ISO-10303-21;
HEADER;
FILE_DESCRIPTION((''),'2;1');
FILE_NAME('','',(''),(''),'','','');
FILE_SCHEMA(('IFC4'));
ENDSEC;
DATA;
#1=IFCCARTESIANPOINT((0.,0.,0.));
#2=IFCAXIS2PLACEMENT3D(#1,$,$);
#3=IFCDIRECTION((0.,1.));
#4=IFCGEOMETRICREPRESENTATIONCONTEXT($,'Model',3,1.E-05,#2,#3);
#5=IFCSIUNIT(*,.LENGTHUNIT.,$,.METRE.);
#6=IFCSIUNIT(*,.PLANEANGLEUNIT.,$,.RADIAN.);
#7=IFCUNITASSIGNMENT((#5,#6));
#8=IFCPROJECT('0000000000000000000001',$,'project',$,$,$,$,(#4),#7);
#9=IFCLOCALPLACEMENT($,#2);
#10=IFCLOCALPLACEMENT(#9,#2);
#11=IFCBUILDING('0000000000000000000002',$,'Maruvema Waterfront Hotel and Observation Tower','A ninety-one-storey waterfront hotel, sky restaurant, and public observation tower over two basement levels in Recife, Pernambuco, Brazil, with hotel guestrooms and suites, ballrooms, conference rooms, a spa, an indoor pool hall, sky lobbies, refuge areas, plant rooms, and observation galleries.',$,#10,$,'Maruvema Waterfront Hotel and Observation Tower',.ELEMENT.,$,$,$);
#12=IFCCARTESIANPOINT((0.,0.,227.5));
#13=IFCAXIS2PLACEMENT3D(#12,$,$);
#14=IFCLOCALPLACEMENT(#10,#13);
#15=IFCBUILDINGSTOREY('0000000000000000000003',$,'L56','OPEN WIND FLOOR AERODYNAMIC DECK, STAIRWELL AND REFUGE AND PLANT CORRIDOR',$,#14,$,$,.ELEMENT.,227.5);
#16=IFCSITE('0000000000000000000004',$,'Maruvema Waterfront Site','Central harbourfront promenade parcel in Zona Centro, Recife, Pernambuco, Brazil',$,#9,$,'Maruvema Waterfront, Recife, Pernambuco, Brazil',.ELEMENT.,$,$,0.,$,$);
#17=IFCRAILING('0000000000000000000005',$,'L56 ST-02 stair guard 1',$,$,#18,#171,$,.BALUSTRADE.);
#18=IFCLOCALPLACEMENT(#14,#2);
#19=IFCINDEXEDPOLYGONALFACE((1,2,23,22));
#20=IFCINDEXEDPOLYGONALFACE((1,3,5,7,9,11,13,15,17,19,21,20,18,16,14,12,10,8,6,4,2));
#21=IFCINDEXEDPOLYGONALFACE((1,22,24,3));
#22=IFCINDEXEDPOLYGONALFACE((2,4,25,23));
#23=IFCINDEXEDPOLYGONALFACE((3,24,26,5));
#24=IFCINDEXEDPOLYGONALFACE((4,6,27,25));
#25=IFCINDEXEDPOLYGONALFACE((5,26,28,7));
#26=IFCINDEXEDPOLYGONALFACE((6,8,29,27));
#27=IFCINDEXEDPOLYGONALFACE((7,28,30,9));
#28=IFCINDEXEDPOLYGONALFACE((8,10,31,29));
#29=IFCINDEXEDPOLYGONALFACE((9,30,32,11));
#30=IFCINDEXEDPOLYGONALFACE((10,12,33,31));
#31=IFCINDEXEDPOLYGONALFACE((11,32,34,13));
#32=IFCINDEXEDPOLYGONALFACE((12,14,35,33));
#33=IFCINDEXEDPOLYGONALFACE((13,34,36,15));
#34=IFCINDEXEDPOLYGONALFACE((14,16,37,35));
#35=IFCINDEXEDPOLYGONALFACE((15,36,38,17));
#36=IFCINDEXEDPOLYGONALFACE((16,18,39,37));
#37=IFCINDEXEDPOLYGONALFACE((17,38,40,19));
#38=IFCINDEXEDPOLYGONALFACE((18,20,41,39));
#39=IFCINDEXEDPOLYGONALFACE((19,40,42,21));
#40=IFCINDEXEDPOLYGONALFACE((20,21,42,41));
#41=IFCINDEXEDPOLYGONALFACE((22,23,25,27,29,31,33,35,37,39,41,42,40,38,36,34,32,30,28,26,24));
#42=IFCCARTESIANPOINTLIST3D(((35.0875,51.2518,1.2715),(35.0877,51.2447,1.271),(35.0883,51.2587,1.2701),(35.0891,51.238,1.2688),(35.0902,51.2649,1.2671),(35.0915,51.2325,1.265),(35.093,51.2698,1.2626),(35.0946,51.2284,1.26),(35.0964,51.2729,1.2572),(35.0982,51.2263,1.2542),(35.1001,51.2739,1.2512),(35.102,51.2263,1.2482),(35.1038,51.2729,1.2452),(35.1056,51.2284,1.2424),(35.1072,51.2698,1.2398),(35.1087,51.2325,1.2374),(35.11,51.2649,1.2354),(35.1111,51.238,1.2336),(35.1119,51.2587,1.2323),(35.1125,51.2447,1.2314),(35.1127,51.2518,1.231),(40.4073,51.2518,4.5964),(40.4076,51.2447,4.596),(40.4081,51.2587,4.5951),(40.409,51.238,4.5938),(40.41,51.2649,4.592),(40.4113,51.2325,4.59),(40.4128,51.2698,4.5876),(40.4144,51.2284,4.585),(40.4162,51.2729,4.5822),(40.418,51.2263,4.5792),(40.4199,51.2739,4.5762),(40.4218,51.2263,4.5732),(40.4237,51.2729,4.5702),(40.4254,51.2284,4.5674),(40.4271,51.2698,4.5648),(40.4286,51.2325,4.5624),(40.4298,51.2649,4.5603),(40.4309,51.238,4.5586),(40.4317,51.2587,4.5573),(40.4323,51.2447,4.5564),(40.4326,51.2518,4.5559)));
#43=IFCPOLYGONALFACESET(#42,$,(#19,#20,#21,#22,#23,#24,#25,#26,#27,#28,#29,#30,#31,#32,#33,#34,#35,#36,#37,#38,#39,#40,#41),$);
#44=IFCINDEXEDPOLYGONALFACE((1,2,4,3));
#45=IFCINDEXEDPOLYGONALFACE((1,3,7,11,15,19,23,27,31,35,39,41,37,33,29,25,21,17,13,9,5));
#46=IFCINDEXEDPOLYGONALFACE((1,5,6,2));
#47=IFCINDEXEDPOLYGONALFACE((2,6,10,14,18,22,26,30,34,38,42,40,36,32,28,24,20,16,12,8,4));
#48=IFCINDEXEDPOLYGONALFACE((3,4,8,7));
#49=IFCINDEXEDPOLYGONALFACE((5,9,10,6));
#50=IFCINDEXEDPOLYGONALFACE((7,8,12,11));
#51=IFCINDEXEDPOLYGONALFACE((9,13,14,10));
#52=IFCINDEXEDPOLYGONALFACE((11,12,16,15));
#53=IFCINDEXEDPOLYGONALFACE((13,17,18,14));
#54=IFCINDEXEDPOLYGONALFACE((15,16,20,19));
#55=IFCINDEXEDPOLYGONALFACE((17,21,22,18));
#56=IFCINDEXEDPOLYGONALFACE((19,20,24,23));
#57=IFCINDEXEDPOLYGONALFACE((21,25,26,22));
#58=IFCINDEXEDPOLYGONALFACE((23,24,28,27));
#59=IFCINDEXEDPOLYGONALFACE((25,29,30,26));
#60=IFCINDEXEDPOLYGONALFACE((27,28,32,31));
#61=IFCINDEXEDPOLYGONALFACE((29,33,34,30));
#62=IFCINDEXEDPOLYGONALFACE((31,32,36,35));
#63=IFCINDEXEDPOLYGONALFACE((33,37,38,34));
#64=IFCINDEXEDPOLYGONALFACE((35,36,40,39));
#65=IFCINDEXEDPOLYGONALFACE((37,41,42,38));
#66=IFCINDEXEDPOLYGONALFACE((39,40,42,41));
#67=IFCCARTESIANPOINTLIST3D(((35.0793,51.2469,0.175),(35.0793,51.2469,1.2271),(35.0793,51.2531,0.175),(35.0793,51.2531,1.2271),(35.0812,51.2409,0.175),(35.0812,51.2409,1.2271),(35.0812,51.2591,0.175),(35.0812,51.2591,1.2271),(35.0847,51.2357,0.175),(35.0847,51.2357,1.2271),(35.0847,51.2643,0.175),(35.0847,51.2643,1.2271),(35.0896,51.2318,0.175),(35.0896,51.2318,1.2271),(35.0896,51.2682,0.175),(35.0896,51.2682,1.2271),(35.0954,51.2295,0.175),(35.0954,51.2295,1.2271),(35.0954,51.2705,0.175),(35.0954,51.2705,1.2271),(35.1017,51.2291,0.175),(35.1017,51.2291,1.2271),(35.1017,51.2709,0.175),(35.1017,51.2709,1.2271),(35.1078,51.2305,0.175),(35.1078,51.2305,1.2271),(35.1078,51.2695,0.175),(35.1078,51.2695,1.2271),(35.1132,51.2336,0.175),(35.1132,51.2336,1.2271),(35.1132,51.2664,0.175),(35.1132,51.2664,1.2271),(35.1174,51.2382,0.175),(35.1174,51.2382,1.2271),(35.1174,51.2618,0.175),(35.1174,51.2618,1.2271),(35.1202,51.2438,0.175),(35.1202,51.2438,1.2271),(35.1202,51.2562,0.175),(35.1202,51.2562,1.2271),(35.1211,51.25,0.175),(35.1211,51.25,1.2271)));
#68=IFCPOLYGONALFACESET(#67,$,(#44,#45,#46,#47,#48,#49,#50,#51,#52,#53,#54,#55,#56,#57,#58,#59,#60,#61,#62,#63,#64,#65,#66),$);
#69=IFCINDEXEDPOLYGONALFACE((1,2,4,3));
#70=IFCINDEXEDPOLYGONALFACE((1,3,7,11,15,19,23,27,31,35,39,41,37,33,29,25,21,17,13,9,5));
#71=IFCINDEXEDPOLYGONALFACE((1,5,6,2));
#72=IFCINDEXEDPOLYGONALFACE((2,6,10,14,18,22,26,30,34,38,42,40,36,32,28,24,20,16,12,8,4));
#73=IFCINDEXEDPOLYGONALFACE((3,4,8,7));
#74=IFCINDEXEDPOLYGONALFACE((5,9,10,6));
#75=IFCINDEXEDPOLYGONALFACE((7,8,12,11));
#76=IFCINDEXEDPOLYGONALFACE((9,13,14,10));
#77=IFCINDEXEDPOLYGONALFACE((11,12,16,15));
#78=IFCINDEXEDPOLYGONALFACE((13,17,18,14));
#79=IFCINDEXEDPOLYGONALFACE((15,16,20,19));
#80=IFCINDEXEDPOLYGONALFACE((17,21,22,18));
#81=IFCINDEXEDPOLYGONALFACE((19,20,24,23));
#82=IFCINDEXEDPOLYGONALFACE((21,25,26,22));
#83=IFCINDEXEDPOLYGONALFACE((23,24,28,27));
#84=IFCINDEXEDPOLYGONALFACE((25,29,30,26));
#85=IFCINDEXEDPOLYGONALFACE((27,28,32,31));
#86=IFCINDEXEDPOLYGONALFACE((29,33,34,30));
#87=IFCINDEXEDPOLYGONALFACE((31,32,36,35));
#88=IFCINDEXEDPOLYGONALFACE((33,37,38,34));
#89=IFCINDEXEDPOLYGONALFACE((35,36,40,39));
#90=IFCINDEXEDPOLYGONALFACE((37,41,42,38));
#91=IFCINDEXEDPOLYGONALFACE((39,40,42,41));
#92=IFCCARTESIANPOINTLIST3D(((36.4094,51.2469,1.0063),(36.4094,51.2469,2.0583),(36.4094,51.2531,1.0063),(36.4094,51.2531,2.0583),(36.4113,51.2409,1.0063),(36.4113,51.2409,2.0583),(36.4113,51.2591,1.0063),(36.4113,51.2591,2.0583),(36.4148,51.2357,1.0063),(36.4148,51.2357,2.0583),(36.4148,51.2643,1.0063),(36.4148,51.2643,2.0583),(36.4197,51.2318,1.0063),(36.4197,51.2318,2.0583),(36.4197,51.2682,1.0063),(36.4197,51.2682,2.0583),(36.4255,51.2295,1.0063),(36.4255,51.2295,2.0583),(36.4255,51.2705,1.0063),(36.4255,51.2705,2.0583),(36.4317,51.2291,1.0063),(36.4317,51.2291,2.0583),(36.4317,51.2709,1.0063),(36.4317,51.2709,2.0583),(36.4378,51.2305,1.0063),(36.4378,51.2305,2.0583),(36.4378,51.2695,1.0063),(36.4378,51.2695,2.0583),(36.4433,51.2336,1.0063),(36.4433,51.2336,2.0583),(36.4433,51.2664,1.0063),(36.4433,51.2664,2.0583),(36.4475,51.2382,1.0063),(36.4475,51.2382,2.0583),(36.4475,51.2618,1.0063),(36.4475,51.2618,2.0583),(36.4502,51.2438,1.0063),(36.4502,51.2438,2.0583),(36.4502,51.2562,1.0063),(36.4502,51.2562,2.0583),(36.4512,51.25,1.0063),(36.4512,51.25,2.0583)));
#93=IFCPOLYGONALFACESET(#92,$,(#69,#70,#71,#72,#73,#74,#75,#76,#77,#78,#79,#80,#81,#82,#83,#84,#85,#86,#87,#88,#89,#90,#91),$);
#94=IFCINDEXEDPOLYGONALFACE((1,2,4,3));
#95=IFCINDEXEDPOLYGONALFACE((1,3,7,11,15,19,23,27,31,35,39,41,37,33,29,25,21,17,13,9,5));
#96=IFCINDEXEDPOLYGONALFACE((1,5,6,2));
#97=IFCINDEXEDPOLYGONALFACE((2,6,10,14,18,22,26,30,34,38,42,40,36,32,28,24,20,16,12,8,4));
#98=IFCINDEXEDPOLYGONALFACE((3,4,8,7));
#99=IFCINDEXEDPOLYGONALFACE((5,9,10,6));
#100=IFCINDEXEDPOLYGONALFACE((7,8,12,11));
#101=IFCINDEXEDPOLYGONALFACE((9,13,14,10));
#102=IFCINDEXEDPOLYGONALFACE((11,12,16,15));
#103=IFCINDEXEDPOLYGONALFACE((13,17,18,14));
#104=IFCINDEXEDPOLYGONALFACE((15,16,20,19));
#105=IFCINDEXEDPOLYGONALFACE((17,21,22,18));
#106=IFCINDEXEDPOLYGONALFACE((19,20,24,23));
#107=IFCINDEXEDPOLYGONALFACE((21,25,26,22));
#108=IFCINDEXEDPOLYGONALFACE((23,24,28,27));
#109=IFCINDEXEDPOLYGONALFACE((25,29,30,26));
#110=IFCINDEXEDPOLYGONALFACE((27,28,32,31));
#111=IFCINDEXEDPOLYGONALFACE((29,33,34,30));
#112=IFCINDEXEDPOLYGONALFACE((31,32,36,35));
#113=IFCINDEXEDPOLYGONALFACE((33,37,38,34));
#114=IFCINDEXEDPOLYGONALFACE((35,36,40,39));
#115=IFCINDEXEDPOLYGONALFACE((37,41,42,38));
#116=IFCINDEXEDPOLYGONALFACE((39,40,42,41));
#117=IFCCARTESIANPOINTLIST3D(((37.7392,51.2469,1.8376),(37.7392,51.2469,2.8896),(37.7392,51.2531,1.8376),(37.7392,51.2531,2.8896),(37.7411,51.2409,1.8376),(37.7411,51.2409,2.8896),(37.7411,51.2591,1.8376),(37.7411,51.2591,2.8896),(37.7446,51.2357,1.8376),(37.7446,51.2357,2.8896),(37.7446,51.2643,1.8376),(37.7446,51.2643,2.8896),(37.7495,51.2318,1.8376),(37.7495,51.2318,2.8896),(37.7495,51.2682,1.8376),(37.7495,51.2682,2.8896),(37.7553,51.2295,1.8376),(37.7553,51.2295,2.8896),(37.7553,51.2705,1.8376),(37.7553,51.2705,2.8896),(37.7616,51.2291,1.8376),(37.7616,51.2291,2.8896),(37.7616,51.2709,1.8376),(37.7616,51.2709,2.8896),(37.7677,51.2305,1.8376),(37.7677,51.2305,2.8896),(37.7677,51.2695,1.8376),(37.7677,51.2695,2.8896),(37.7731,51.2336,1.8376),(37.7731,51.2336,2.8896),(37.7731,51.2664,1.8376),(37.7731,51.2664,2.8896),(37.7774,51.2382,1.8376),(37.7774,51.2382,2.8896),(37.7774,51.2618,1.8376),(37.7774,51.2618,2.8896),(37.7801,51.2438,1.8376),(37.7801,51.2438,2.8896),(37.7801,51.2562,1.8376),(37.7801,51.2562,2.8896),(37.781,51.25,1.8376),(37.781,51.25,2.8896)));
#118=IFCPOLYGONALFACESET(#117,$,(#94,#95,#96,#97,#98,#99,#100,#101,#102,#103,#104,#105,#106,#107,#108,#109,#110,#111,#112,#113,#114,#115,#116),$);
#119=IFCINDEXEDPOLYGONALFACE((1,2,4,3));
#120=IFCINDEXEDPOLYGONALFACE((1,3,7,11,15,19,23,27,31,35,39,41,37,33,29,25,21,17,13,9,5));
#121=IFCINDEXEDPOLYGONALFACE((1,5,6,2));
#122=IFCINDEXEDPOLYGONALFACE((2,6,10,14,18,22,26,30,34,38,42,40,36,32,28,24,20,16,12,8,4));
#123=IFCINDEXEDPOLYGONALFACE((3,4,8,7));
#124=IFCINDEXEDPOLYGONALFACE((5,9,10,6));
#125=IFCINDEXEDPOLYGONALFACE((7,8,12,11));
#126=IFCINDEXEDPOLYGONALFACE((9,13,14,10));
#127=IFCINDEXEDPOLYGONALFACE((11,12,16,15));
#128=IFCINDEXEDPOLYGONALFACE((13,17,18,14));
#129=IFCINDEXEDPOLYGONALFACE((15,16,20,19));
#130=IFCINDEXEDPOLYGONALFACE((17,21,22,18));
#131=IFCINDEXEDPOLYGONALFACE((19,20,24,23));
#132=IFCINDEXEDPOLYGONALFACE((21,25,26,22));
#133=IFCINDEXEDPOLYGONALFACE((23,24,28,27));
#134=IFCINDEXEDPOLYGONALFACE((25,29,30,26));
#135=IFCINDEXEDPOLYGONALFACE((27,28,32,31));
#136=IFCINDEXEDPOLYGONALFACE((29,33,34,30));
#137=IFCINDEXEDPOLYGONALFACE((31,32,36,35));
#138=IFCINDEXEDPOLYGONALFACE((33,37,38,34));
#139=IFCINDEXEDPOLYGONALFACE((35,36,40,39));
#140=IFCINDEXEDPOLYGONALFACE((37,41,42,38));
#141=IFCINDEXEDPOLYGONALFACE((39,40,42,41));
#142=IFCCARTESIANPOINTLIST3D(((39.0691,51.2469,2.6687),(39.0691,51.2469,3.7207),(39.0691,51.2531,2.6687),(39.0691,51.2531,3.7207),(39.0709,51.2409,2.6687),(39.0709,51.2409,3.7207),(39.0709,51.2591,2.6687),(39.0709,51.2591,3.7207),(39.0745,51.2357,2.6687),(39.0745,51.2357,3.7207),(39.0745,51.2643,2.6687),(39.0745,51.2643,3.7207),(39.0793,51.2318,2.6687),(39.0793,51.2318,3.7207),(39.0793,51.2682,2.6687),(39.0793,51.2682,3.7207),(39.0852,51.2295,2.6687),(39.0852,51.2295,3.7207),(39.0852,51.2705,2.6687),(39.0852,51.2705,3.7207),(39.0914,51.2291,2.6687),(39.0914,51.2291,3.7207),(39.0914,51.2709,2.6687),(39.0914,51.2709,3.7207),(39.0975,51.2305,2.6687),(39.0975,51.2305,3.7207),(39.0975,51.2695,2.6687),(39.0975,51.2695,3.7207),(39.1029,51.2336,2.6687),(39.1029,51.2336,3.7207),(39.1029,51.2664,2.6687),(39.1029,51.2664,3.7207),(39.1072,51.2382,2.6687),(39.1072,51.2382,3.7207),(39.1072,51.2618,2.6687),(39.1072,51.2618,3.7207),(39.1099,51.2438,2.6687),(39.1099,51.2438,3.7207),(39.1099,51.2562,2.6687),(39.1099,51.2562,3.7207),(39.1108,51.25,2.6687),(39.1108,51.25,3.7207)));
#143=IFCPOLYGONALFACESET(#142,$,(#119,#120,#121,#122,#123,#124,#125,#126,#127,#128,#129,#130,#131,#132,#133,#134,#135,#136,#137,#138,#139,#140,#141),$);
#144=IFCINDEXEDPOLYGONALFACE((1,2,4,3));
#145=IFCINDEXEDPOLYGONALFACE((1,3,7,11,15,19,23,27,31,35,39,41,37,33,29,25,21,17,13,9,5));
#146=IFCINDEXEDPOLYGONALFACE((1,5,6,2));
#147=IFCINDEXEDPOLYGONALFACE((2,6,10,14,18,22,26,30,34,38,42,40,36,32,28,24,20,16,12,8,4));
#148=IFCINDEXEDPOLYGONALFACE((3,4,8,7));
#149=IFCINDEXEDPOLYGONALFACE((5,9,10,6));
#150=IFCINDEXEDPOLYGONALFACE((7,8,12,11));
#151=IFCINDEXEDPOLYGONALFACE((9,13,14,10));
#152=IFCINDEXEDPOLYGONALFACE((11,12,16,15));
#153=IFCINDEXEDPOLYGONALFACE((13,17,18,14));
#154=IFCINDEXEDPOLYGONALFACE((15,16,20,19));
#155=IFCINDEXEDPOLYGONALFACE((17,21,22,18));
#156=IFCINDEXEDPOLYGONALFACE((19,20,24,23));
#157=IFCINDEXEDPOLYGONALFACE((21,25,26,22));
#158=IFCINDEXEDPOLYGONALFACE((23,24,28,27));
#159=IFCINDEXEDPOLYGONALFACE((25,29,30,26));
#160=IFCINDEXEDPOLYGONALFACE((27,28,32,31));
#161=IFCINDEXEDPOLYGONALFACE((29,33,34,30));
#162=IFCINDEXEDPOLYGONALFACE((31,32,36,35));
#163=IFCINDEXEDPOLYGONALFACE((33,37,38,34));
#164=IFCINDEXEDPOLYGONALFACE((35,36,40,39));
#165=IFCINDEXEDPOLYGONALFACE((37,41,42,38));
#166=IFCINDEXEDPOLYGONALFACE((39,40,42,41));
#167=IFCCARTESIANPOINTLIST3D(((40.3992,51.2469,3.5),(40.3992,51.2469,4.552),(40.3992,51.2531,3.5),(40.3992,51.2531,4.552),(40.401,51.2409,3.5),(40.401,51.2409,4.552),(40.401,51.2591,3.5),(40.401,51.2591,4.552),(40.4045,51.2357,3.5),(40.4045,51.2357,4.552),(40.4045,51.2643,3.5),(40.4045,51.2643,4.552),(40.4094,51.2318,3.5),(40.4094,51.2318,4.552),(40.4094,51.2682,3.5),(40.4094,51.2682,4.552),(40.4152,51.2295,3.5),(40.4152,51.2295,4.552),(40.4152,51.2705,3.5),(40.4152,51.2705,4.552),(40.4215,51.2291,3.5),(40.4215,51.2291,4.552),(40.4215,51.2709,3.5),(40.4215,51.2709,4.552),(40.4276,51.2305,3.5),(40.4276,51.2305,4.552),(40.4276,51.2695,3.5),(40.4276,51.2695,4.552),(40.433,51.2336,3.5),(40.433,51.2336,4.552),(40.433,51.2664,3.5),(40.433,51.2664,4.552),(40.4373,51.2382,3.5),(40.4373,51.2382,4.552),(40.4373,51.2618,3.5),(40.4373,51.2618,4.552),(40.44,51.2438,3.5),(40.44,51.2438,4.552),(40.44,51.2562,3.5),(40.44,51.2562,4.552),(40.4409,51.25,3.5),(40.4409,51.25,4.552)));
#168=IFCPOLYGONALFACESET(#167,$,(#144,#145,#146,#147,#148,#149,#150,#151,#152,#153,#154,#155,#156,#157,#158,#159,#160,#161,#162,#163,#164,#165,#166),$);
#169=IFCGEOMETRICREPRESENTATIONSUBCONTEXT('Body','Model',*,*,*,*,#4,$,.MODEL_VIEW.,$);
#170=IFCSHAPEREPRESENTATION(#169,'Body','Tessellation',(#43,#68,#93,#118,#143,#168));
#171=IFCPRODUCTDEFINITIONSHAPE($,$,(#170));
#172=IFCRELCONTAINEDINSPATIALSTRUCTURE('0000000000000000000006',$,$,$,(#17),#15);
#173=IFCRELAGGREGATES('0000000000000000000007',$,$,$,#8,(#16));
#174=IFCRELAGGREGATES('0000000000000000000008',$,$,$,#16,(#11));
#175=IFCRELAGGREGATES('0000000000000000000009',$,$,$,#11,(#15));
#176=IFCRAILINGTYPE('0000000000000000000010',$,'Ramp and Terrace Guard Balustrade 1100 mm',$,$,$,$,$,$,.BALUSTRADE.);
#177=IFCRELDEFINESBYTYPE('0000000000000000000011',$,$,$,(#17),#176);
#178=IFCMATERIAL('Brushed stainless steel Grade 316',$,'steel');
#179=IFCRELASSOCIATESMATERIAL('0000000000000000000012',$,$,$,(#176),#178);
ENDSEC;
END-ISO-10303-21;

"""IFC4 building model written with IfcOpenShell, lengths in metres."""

from ifc_helpers import new_model, si_unit, direction, frame, origin, origin_2d, place, context, subcontext, project, spatial, circle, extrude, material, type_object, element, save


model = new_model("IFC4")

# Units and contexts
model_context = context("Model", 3, precision=1e-05, world=origin(), true_north=direction((0.0, 1.0)))
body_context = subcontext(model_context, "Body", "Model", "MODEL_VIEW")
ifc_project = project(units=[si_unit("LENGTHUNIT", "METRE"), si_unit("PLANEANGLEUNIT", "RADIAN")], contexts=[model_context])

# Site, building, storey
site_placement = place(None, origin())
site = spatial("IfcSite", under=ifc_project, at=site_placement, Name="Maruvema Waterfront Site", Description="Central harbourfront promenade parcel in Zona Centro, Recife, Pernambuco, Brazil", LongName="Maruvema Waterfront, Recife, Pernambuco, Brazil", CompositionType="ELEMENT", RefElevation=0.0)
building_placement = place(site_placement, origin())
building = spatial("IfcBuilding", under=site, at=building_placement, Name="Maruvema Waterfront Hotel and Observation Tower", Description="A ninety-one-storey waterfront hotel, sky restaurant, and public observation tower over two basement levels in Recife, Pernambuco, Brazil, with hotel guestrooms and suites, ballrooms, conference rooms, a spa, an indoor pool hall, sky lobbies, refuge areas, plant rooms, and observation galleries.", LongName="Maruvema Waterfront Hotel and Observation Tower", CompositionType="ELEMENT")
storey_placement = place(building_placement, frame((0.0, 0.0, 227.5)))
storey = spatial("IfcBuildingStorey", under=building, at=storey_placement, Name="L56", Description="OPEN WIND FLOOR AERODYNAMIC DECK, STAIRWELL AND REFUGE AND PLANT CORRIDOR", CompositionType="ELEMENT", Elevation=227.5)

# Railing
ifc_material_1 = material(Name="Brushed stainless steel Grade 316", Category="steel")
railing_type_1 = type_object("IfcRailingType", Name="Ramp and Terrace Guard Balustrade 1100 mm", PredefinedType="BALUSTRADE", material=ifc_material_1)
railing_1_placement = place(storey_placement, frame((35.1001, 51.25, 0.175)))
element("IfcRailing", 1, at=railing_1_placement, inside=storey, type_object=railing_type_1, Name="L56 ST-02 stair guard 1", PredefinedType="BALUSTRADE", context=body_context, shape_type="SweptSolid", body=[
    extrude(circle(Radius=0.0239, at=origin_2d()), frame((0.0, 0.0, 1.0762), z_axis=(0.847994, 0.0, 0.530006), x_axis=(0.0, 1.0, 0.0)), (0.0, 0.0, 1.0), 6.2734),
    extrude(circle(Radius=0.021, at=origin_2d()), origin(), (0.0, 0.0, 1.0), 1.052),
    extrude(circle(Radius=0.021, at=origin_2d()), frame((1.3301, 0.0, 0.8313)), (0.0, 0.0, 1.0), 1.052),
    extrude(circle(Radius=0.021, at=origin_2d()), frame((2.6599, 0.0, 1.6626)), (0.0, 0.0, 1.0), 1.052),
    extrude(circle(Radius=0.021, at=origin_2d()), frame((3.9897, 0.0, 2.4937)), (0.0, 0.0, 1.0), 1.052),
    extrude(circle(Radius=0.021, at=origin_2d()), frame((5.3198, 0.0, 3.325)), (0.0, 0.0, 1.0), 1.052),
])

save(model, "model.ifc")
